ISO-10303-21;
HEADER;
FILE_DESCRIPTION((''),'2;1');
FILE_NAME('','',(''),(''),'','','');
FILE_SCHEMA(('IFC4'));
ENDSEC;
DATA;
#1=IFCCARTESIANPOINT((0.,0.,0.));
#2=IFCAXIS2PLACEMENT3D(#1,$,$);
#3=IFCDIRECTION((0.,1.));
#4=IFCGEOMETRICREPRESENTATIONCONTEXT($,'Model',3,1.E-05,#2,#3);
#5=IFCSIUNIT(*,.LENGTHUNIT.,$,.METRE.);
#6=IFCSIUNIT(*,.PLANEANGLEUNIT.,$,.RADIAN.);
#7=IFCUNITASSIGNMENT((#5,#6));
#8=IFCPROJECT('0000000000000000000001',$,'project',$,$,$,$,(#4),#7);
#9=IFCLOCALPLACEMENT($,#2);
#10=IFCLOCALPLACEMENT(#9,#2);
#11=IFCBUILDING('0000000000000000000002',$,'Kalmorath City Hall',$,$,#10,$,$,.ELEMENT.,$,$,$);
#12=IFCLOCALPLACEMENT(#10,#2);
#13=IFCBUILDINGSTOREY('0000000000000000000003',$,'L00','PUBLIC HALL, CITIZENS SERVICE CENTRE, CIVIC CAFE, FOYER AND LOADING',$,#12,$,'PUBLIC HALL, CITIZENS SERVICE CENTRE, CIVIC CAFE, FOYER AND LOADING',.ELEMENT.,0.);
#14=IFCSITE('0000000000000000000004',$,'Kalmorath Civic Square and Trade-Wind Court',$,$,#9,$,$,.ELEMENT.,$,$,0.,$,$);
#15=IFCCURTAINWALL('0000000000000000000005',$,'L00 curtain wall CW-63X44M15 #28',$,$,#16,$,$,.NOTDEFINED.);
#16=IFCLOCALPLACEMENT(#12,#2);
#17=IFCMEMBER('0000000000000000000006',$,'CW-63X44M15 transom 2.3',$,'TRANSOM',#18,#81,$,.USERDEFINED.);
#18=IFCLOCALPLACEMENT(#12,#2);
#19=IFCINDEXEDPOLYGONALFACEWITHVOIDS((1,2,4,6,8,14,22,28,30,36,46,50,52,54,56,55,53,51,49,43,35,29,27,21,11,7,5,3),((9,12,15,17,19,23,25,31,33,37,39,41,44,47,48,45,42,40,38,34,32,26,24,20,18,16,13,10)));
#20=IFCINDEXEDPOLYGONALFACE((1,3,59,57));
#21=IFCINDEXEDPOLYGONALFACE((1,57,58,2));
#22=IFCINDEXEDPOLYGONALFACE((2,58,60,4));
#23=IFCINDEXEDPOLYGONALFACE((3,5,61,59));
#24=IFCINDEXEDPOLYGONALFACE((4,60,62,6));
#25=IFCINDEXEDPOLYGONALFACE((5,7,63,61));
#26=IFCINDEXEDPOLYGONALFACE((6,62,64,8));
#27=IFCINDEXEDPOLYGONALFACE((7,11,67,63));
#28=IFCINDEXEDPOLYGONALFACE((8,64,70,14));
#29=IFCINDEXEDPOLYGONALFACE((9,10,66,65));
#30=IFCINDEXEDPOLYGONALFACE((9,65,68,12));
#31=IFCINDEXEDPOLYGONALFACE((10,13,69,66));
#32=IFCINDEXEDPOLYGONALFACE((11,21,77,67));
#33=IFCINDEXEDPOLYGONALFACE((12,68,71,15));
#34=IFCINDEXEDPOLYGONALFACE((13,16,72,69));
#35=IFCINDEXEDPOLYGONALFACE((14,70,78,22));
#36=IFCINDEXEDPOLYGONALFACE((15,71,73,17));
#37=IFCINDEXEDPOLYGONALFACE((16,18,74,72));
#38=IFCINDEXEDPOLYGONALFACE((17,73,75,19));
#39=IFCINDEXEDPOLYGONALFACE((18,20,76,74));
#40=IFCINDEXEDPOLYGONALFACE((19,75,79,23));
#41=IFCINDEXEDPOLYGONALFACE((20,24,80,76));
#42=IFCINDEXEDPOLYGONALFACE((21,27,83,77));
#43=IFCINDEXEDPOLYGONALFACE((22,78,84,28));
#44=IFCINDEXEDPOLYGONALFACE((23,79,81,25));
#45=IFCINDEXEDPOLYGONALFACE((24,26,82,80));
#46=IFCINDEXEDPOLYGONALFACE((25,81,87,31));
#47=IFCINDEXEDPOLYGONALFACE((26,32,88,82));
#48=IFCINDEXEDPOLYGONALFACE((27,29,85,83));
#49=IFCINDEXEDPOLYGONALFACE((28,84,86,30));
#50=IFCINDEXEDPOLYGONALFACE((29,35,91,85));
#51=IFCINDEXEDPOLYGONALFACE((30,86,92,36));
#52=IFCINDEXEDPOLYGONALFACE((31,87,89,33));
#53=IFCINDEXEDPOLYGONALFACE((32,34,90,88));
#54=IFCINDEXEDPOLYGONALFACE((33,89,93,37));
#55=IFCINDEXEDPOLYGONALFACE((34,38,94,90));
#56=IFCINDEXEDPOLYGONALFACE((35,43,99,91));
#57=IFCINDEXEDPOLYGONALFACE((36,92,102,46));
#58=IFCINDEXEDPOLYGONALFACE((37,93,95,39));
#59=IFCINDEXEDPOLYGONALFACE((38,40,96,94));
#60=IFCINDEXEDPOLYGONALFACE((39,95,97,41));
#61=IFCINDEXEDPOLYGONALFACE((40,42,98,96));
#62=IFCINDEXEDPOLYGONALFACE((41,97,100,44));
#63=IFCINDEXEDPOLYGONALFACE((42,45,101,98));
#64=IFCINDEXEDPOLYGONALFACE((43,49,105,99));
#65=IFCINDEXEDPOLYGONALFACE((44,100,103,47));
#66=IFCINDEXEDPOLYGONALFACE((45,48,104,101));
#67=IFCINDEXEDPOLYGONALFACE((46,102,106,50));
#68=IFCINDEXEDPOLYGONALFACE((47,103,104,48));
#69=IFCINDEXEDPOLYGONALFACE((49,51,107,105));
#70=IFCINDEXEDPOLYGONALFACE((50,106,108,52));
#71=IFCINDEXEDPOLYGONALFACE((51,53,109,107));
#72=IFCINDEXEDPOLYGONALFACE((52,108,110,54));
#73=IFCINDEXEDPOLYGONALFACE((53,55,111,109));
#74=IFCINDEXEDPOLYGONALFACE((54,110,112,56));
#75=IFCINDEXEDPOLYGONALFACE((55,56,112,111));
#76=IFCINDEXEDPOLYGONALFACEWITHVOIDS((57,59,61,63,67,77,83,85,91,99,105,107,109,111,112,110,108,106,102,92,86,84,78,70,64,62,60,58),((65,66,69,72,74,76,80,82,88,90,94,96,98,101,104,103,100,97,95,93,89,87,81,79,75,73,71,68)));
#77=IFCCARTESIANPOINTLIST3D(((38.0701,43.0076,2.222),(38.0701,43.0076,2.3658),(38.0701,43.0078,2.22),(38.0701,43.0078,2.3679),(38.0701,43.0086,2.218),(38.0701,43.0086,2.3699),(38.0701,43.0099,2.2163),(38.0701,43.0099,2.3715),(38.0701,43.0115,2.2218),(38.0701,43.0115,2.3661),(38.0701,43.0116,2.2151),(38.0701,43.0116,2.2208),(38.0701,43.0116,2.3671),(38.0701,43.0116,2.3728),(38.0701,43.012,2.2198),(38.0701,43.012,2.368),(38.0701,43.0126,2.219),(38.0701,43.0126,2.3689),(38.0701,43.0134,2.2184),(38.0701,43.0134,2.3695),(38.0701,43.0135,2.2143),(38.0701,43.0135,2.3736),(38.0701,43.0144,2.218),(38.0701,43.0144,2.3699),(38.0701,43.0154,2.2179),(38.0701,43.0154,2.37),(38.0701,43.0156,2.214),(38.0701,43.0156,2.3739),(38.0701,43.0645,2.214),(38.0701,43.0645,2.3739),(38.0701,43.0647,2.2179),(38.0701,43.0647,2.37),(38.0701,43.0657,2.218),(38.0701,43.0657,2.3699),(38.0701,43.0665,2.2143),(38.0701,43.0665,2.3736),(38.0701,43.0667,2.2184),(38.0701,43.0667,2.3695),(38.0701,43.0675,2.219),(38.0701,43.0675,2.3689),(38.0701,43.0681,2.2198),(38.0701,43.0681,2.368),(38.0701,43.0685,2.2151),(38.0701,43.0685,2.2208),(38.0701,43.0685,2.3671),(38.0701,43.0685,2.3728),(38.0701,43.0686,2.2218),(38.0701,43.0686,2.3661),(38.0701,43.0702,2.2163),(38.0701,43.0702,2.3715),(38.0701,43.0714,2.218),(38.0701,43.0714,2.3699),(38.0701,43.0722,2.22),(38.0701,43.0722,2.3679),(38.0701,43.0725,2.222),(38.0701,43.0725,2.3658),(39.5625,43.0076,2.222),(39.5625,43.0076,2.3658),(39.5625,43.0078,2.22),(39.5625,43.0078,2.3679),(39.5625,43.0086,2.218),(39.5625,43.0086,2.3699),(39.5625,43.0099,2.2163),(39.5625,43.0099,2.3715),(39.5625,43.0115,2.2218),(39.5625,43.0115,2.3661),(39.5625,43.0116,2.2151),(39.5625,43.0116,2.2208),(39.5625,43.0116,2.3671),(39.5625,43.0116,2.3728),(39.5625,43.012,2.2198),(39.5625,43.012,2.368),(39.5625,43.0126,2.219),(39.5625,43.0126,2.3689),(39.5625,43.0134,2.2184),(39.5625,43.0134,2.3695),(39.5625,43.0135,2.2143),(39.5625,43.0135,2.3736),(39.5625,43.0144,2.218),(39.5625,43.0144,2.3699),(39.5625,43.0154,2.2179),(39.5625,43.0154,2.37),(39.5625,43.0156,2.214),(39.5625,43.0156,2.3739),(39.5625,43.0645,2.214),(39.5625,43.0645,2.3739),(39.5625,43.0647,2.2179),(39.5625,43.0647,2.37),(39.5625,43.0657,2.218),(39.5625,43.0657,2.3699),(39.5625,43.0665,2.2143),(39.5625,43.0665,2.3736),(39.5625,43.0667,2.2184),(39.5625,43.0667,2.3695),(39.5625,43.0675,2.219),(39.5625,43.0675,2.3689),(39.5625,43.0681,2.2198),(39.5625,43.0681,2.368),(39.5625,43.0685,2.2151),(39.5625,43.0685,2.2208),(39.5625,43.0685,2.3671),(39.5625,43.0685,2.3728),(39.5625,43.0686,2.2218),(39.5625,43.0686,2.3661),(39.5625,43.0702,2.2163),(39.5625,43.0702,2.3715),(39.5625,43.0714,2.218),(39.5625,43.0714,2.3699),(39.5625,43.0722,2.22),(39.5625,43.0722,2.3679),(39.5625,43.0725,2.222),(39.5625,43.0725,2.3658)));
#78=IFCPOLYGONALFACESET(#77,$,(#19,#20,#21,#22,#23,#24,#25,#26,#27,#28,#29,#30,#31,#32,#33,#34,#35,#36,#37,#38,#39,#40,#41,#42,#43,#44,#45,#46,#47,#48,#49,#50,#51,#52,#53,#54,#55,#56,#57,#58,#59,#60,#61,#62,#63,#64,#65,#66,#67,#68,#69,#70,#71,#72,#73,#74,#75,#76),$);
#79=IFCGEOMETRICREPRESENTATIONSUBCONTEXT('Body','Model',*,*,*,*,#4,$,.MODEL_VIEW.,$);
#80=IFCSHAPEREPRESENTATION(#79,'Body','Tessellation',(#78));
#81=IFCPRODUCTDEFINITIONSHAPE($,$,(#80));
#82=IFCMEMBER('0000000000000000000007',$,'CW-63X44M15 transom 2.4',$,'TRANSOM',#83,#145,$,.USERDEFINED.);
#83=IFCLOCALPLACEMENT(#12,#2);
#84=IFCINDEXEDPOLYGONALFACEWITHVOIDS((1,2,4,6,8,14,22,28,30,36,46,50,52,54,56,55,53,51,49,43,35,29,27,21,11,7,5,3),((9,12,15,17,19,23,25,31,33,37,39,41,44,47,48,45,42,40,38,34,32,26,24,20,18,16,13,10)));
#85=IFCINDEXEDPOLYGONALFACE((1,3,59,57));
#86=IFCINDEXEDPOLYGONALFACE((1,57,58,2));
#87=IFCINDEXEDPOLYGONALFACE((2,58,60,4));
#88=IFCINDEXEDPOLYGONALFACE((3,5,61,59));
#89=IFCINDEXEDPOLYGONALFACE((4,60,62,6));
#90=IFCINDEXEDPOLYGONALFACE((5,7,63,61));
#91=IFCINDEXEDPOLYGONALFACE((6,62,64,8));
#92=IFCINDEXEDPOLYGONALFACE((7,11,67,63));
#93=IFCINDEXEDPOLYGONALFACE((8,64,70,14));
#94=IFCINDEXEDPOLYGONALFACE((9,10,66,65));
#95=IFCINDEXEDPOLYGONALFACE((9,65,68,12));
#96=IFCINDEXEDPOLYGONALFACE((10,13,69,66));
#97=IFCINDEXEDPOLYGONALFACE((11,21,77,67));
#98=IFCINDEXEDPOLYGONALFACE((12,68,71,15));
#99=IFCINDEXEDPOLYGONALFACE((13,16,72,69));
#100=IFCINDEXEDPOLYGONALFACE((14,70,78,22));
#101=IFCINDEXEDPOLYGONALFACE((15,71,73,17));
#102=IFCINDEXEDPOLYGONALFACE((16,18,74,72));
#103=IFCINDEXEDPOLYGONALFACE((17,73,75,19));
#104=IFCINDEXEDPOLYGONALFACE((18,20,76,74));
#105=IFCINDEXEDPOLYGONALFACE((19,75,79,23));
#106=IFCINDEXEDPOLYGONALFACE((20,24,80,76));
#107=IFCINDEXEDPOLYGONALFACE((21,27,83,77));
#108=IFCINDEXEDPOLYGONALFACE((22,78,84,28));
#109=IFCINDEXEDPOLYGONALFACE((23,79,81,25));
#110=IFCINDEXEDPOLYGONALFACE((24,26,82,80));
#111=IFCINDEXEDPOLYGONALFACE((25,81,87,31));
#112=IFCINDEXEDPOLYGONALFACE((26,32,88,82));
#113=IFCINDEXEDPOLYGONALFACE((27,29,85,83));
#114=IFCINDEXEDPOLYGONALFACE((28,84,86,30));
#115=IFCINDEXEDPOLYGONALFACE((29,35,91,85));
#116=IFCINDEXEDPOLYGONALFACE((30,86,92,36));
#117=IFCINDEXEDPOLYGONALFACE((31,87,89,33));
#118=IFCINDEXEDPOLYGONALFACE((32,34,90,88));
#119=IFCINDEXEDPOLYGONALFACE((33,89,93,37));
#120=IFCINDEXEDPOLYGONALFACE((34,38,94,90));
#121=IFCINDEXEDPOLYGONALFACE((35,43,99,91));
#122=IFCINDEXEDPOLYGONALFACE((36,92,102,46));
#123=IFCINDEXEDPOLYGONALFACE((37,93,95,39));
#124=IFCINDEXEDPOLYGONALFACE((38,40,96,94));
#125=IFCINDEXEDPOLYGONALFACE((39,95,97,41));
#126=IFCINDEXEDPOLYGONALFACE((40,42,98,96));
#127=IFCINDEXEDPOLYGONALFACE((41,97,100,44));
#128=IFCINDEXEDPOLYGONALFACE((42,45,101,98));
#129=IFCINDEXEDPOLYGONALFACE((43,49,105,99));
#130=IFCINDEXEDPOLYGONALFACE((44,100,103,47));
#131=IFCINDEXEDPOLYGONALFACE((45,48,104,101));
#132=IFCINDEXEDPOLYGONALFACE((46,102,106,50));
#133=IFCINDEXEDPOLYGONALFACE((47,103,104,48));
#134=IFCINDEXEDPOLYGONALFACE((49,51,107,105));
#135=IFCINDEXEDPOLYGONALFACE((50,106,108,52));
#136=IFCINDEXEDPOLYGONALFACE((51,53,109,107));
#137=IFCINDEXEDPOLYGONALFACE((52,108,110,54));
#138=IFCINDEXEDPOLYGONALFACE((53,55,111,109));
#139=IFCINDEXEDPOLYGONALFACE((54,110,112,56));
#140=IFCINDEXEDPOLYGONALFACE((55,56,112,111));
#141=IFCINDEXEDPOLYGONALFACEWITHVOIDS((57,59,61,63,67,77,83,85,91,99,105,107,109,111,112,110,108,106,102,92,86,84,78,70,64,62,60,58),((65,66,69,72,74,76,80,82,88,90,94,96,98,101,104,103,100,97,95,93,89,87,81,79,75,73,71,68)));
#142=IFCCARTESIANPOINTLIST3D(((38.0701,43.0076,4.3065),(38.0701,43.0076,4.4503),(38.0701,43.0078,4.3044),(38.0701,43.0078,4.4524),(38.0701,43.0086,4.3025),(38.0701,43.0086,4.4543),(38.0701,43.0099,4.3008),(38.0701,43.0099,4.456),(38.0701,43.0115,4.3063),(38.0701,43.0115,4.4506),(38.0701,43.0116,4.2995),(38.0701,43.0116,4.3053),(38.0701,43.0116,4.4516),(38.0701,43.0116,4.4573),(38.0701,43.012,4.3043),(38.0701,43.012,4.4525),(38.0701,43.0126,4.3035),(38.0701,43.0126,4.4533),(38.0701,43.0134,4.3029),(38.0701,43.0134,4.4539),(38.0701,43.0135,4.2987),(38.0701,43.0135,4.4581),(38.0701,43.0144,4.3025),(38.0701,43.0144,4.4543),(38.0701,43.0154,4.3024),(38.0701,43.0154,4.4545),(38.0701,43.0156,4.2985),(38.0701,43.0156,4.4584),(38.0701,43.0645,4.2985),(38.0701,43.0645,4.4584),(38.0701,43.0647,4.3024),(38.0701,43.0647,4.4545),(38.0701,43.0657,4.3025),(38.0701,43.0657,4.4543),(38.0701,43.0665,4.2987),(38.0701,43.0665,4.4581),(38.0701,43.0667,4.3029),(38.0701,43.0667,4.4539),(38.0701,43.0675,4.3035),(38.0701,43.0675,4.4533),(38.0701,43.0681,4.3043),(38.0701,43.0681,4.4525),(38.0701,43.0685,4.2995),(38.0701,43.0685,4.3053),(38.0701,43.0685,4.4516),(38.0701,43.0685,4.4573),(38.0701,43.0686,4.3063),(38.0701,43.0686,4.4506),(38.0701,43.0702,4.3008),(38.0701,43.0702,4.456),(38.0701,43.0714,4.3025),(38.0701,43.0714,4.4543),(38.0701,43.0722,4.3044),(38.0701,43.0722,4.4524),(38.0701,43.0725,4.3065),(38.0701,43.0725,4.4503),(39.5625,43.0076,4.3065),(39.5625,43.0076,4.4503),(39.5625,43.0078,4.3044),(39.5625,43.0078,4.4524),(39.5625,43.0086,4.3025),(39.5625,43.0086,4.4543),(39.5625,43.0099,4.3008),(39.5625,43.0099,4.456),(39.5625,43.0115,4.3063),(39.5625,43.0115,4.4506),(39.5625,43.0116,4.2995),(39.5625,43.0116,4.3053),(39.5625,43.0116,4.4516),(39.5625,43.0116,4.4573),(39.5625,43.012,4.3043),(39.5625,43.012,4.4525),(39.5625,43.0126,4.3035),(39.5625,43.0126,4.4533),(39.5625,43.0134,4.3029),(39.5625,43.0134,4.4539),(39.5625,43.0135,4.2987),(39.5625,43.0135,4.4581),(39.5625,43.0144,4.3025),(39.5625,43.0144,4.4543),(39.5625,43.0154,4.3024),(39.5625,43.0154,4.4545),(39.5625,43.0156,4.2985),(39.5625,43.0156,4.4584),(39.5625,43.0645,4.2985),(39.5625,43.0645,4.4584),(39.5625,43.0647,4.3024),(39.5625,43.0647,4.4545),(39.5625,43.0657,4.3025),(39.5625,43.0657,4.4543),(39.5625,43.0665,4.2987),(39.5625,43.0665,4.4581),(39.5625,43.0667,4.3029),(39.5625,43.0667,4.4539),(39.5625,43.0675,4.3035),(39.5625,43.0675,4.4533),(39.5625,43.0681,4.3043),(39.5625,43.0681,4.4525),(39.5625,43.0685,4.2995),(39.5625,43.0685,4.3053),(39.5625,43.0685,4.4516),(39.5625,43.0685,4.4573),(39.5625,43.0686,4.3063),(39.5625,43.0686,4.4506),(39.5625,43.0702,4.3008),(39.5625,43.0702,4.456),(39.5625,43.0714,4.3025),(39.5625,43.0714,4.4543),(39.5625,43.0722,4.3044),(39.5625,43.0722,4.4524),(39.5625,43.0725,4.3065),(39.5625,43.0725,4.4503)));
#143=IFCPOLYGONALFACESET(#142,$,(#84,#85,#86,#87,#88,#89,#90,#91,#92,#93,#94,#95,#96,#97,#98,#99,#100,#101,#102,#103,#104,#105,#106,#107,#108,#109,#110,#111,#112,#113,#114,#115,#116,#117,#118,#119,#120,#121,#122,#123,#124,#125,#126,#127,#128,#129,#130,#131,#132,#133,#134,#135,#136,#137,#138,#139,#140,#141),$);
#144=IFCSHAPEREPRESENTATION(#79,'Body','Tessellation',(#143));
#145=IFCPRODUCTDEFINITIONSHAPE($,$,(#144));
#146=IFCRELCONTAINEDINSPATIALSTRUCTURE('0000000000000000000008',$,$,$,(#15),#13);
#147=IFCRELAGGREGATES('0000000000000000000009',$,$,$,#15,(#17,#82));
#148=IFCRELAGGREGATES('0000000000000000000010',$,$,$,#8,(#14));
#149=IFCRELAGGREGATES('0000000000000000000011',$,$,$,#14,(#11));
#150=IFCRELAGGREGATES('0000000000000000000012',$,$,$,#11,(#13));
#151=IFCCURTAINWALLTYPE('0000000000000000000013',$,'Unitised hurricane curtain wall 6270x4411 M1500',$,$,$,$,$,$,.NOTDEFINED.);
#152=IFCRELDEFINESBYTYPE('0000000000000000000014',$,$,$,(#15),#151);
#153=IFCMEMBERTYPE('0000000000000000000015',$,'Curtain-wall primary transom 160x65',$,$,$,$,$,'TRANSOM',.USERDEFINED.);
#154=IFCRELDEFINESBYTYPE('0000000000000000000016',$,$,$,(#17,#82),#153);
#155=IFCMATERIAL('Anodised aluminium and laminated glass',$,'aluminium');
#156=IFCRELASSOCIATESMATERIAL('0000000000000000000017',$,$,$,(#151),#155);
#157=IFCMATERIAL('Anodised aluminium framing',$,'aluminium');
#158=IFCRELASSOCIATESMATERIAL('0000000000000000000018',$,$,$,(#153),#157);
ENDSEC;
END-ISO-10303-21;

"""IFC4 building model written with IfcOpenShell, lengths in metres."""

from ifc_helpers import new_model, si_unit, direction, frame, origin, origin_2d, place, context, subcontext, project, spatial, hollow_rectangle, extrude, material, material_profile, profile_set, type_object, element, aggregate, save


model = new_model("IFC4")

# Units and contexts
model_context = context("Model", 3, precision=1e-05, world=origin(), true_north=direction((0.0, 1.0)))
body_context = subcontext(model_context, "Body", "Model", "MODEL_VIEW")
ifc_project = project(units=[si_unit("LENGTHUNIT", "METRE"), si_unit("PLANEANGLEUNIT", "RADIAN")], contexts=[model_context])

# Site, building, storey
site_placement = place(None, origin())
site = spatial("IfcSite", under=ifc_project, at=site_placement, Name="Kalmorath Civic Square and Trade-Wind Court", CompositionType="ELEMENT", RefElevation=0.0)
building_placement = place(site_placement, origin())
building = spatial("IfcBuilding", under=site, at=building_placement, Name="Kalmorath City Hall", CompositionType="ELEMENT")
storey_placement = place(building_placement, origin())
storey = spatial("IfcBuildingStorey", under=building, at=storey_placement, Name="L00", Description="PUBLIC HALL, CITIZENS SERVICE CENTRE, CIVIC CAFE, FOYER AND LOADING", LongName="PUBLIC HALL, CITIZENS SERVICE CENTRE, CIVIC CAFE, FOYER AND LOADING", CompositionType="ELEMENT", Elevation=0.0)

# Curtain wall
ifc_material_1 = material(Name="Anodised aluminium and laminated glass", Category="aluminium")
curtain_wall_type_1 = type_object("IfcCurtainWallType", Name="Unitised hurricane curtain wall 6270x4411 M1500", PredefinedType="NOTDEFINED", material=ifc_material_1)
curtain_wall_1_placement = place(storey_placement, origin())
curtain_wall_1 = element("IfcCurtainWall", 1, at=curtain_wall_1_placement, inside=storey, type_object=curtain_wall_type_1, Name="L00 curtain wall CW-63X44M15 #28", PredefinedType="NOTDEFINED")

# Members
ifc_material_2 = material(Name="Anodised aluminium framing", Category="aluminium")
ifc_material_profile_1 = material_profile(ifc_material_2, hollow_rectangle(XDim=0.0649, YDim=0.1599, WallThickness=0.0039, InnerFilletRadius=0.0039, OuterFilletRadius=0.0081, at=origin_2d()), Name="ALU-TRN-160X65X4")
ifc_profile_set_1 = profile_set([ifc_material_profile_1], Name="Anodised aluminium framing")
member_type_1 = type_object("IfcMemberType", Name="Curtain-wall primary transom 160x65", ElementType="TRANSOM", PredefinedType="USERDEFINED", material=ifc_profile_set_1)
member_1_placement = place(storey_placement, frame((38.0701, 43.04, 2.2939), z_axis=(1.0, 0.0, 0.0), x_axis=(0.0, 1.0, 0.0)))
member_1 = element("IfcMember", 2, at=member_1_placement, type_object=member_type_1, Name="CW-63X44M15 transom 2.3", ObjectType="TRANSOM", PredefinedType="USERDEFINED", context=body_context, shape_type="SweptSolid", body=[
    extrude(hollow_rectangle(XDim=0.0649, YDim=0.1599, WallThickness=0.0039, InnerFilletRadius=0.0039, OuterFilletRadius=0.0081, at=origin_2d()), origin(), (0.0, 0.0, 1.0), 1.4924),
])
member_2_placement = place(storey_placement, frame((38.0701, 43.04, 4.3784), z_axis=(1.0, 0.0, 0.0), x_axis=(0.0, 1.0, 0.0)))
member_2 = element("IfcMember", 3, at=member_2_placement, type_object=member_type_1, Name="CW-63X44M15 transom 2.4", ObjectType="TRANSOM", PredefinedType="USERDEFINED", context=body_context, shape_type="SweptSolid", body=[
    extrude(hollow_rectangle(XDim=0.0649, YDim=0.1599, WallThickness=0.0039, InnerFilletRadius=0.0039, OuterFilletRadius=0.0081, at=origin_2d()), origin(), (0.0, 0.0, 1.0), 1.4924),
])

aggregate(curtain_wall_1, [member_1, member_2])

save(model, "model.ifc")
